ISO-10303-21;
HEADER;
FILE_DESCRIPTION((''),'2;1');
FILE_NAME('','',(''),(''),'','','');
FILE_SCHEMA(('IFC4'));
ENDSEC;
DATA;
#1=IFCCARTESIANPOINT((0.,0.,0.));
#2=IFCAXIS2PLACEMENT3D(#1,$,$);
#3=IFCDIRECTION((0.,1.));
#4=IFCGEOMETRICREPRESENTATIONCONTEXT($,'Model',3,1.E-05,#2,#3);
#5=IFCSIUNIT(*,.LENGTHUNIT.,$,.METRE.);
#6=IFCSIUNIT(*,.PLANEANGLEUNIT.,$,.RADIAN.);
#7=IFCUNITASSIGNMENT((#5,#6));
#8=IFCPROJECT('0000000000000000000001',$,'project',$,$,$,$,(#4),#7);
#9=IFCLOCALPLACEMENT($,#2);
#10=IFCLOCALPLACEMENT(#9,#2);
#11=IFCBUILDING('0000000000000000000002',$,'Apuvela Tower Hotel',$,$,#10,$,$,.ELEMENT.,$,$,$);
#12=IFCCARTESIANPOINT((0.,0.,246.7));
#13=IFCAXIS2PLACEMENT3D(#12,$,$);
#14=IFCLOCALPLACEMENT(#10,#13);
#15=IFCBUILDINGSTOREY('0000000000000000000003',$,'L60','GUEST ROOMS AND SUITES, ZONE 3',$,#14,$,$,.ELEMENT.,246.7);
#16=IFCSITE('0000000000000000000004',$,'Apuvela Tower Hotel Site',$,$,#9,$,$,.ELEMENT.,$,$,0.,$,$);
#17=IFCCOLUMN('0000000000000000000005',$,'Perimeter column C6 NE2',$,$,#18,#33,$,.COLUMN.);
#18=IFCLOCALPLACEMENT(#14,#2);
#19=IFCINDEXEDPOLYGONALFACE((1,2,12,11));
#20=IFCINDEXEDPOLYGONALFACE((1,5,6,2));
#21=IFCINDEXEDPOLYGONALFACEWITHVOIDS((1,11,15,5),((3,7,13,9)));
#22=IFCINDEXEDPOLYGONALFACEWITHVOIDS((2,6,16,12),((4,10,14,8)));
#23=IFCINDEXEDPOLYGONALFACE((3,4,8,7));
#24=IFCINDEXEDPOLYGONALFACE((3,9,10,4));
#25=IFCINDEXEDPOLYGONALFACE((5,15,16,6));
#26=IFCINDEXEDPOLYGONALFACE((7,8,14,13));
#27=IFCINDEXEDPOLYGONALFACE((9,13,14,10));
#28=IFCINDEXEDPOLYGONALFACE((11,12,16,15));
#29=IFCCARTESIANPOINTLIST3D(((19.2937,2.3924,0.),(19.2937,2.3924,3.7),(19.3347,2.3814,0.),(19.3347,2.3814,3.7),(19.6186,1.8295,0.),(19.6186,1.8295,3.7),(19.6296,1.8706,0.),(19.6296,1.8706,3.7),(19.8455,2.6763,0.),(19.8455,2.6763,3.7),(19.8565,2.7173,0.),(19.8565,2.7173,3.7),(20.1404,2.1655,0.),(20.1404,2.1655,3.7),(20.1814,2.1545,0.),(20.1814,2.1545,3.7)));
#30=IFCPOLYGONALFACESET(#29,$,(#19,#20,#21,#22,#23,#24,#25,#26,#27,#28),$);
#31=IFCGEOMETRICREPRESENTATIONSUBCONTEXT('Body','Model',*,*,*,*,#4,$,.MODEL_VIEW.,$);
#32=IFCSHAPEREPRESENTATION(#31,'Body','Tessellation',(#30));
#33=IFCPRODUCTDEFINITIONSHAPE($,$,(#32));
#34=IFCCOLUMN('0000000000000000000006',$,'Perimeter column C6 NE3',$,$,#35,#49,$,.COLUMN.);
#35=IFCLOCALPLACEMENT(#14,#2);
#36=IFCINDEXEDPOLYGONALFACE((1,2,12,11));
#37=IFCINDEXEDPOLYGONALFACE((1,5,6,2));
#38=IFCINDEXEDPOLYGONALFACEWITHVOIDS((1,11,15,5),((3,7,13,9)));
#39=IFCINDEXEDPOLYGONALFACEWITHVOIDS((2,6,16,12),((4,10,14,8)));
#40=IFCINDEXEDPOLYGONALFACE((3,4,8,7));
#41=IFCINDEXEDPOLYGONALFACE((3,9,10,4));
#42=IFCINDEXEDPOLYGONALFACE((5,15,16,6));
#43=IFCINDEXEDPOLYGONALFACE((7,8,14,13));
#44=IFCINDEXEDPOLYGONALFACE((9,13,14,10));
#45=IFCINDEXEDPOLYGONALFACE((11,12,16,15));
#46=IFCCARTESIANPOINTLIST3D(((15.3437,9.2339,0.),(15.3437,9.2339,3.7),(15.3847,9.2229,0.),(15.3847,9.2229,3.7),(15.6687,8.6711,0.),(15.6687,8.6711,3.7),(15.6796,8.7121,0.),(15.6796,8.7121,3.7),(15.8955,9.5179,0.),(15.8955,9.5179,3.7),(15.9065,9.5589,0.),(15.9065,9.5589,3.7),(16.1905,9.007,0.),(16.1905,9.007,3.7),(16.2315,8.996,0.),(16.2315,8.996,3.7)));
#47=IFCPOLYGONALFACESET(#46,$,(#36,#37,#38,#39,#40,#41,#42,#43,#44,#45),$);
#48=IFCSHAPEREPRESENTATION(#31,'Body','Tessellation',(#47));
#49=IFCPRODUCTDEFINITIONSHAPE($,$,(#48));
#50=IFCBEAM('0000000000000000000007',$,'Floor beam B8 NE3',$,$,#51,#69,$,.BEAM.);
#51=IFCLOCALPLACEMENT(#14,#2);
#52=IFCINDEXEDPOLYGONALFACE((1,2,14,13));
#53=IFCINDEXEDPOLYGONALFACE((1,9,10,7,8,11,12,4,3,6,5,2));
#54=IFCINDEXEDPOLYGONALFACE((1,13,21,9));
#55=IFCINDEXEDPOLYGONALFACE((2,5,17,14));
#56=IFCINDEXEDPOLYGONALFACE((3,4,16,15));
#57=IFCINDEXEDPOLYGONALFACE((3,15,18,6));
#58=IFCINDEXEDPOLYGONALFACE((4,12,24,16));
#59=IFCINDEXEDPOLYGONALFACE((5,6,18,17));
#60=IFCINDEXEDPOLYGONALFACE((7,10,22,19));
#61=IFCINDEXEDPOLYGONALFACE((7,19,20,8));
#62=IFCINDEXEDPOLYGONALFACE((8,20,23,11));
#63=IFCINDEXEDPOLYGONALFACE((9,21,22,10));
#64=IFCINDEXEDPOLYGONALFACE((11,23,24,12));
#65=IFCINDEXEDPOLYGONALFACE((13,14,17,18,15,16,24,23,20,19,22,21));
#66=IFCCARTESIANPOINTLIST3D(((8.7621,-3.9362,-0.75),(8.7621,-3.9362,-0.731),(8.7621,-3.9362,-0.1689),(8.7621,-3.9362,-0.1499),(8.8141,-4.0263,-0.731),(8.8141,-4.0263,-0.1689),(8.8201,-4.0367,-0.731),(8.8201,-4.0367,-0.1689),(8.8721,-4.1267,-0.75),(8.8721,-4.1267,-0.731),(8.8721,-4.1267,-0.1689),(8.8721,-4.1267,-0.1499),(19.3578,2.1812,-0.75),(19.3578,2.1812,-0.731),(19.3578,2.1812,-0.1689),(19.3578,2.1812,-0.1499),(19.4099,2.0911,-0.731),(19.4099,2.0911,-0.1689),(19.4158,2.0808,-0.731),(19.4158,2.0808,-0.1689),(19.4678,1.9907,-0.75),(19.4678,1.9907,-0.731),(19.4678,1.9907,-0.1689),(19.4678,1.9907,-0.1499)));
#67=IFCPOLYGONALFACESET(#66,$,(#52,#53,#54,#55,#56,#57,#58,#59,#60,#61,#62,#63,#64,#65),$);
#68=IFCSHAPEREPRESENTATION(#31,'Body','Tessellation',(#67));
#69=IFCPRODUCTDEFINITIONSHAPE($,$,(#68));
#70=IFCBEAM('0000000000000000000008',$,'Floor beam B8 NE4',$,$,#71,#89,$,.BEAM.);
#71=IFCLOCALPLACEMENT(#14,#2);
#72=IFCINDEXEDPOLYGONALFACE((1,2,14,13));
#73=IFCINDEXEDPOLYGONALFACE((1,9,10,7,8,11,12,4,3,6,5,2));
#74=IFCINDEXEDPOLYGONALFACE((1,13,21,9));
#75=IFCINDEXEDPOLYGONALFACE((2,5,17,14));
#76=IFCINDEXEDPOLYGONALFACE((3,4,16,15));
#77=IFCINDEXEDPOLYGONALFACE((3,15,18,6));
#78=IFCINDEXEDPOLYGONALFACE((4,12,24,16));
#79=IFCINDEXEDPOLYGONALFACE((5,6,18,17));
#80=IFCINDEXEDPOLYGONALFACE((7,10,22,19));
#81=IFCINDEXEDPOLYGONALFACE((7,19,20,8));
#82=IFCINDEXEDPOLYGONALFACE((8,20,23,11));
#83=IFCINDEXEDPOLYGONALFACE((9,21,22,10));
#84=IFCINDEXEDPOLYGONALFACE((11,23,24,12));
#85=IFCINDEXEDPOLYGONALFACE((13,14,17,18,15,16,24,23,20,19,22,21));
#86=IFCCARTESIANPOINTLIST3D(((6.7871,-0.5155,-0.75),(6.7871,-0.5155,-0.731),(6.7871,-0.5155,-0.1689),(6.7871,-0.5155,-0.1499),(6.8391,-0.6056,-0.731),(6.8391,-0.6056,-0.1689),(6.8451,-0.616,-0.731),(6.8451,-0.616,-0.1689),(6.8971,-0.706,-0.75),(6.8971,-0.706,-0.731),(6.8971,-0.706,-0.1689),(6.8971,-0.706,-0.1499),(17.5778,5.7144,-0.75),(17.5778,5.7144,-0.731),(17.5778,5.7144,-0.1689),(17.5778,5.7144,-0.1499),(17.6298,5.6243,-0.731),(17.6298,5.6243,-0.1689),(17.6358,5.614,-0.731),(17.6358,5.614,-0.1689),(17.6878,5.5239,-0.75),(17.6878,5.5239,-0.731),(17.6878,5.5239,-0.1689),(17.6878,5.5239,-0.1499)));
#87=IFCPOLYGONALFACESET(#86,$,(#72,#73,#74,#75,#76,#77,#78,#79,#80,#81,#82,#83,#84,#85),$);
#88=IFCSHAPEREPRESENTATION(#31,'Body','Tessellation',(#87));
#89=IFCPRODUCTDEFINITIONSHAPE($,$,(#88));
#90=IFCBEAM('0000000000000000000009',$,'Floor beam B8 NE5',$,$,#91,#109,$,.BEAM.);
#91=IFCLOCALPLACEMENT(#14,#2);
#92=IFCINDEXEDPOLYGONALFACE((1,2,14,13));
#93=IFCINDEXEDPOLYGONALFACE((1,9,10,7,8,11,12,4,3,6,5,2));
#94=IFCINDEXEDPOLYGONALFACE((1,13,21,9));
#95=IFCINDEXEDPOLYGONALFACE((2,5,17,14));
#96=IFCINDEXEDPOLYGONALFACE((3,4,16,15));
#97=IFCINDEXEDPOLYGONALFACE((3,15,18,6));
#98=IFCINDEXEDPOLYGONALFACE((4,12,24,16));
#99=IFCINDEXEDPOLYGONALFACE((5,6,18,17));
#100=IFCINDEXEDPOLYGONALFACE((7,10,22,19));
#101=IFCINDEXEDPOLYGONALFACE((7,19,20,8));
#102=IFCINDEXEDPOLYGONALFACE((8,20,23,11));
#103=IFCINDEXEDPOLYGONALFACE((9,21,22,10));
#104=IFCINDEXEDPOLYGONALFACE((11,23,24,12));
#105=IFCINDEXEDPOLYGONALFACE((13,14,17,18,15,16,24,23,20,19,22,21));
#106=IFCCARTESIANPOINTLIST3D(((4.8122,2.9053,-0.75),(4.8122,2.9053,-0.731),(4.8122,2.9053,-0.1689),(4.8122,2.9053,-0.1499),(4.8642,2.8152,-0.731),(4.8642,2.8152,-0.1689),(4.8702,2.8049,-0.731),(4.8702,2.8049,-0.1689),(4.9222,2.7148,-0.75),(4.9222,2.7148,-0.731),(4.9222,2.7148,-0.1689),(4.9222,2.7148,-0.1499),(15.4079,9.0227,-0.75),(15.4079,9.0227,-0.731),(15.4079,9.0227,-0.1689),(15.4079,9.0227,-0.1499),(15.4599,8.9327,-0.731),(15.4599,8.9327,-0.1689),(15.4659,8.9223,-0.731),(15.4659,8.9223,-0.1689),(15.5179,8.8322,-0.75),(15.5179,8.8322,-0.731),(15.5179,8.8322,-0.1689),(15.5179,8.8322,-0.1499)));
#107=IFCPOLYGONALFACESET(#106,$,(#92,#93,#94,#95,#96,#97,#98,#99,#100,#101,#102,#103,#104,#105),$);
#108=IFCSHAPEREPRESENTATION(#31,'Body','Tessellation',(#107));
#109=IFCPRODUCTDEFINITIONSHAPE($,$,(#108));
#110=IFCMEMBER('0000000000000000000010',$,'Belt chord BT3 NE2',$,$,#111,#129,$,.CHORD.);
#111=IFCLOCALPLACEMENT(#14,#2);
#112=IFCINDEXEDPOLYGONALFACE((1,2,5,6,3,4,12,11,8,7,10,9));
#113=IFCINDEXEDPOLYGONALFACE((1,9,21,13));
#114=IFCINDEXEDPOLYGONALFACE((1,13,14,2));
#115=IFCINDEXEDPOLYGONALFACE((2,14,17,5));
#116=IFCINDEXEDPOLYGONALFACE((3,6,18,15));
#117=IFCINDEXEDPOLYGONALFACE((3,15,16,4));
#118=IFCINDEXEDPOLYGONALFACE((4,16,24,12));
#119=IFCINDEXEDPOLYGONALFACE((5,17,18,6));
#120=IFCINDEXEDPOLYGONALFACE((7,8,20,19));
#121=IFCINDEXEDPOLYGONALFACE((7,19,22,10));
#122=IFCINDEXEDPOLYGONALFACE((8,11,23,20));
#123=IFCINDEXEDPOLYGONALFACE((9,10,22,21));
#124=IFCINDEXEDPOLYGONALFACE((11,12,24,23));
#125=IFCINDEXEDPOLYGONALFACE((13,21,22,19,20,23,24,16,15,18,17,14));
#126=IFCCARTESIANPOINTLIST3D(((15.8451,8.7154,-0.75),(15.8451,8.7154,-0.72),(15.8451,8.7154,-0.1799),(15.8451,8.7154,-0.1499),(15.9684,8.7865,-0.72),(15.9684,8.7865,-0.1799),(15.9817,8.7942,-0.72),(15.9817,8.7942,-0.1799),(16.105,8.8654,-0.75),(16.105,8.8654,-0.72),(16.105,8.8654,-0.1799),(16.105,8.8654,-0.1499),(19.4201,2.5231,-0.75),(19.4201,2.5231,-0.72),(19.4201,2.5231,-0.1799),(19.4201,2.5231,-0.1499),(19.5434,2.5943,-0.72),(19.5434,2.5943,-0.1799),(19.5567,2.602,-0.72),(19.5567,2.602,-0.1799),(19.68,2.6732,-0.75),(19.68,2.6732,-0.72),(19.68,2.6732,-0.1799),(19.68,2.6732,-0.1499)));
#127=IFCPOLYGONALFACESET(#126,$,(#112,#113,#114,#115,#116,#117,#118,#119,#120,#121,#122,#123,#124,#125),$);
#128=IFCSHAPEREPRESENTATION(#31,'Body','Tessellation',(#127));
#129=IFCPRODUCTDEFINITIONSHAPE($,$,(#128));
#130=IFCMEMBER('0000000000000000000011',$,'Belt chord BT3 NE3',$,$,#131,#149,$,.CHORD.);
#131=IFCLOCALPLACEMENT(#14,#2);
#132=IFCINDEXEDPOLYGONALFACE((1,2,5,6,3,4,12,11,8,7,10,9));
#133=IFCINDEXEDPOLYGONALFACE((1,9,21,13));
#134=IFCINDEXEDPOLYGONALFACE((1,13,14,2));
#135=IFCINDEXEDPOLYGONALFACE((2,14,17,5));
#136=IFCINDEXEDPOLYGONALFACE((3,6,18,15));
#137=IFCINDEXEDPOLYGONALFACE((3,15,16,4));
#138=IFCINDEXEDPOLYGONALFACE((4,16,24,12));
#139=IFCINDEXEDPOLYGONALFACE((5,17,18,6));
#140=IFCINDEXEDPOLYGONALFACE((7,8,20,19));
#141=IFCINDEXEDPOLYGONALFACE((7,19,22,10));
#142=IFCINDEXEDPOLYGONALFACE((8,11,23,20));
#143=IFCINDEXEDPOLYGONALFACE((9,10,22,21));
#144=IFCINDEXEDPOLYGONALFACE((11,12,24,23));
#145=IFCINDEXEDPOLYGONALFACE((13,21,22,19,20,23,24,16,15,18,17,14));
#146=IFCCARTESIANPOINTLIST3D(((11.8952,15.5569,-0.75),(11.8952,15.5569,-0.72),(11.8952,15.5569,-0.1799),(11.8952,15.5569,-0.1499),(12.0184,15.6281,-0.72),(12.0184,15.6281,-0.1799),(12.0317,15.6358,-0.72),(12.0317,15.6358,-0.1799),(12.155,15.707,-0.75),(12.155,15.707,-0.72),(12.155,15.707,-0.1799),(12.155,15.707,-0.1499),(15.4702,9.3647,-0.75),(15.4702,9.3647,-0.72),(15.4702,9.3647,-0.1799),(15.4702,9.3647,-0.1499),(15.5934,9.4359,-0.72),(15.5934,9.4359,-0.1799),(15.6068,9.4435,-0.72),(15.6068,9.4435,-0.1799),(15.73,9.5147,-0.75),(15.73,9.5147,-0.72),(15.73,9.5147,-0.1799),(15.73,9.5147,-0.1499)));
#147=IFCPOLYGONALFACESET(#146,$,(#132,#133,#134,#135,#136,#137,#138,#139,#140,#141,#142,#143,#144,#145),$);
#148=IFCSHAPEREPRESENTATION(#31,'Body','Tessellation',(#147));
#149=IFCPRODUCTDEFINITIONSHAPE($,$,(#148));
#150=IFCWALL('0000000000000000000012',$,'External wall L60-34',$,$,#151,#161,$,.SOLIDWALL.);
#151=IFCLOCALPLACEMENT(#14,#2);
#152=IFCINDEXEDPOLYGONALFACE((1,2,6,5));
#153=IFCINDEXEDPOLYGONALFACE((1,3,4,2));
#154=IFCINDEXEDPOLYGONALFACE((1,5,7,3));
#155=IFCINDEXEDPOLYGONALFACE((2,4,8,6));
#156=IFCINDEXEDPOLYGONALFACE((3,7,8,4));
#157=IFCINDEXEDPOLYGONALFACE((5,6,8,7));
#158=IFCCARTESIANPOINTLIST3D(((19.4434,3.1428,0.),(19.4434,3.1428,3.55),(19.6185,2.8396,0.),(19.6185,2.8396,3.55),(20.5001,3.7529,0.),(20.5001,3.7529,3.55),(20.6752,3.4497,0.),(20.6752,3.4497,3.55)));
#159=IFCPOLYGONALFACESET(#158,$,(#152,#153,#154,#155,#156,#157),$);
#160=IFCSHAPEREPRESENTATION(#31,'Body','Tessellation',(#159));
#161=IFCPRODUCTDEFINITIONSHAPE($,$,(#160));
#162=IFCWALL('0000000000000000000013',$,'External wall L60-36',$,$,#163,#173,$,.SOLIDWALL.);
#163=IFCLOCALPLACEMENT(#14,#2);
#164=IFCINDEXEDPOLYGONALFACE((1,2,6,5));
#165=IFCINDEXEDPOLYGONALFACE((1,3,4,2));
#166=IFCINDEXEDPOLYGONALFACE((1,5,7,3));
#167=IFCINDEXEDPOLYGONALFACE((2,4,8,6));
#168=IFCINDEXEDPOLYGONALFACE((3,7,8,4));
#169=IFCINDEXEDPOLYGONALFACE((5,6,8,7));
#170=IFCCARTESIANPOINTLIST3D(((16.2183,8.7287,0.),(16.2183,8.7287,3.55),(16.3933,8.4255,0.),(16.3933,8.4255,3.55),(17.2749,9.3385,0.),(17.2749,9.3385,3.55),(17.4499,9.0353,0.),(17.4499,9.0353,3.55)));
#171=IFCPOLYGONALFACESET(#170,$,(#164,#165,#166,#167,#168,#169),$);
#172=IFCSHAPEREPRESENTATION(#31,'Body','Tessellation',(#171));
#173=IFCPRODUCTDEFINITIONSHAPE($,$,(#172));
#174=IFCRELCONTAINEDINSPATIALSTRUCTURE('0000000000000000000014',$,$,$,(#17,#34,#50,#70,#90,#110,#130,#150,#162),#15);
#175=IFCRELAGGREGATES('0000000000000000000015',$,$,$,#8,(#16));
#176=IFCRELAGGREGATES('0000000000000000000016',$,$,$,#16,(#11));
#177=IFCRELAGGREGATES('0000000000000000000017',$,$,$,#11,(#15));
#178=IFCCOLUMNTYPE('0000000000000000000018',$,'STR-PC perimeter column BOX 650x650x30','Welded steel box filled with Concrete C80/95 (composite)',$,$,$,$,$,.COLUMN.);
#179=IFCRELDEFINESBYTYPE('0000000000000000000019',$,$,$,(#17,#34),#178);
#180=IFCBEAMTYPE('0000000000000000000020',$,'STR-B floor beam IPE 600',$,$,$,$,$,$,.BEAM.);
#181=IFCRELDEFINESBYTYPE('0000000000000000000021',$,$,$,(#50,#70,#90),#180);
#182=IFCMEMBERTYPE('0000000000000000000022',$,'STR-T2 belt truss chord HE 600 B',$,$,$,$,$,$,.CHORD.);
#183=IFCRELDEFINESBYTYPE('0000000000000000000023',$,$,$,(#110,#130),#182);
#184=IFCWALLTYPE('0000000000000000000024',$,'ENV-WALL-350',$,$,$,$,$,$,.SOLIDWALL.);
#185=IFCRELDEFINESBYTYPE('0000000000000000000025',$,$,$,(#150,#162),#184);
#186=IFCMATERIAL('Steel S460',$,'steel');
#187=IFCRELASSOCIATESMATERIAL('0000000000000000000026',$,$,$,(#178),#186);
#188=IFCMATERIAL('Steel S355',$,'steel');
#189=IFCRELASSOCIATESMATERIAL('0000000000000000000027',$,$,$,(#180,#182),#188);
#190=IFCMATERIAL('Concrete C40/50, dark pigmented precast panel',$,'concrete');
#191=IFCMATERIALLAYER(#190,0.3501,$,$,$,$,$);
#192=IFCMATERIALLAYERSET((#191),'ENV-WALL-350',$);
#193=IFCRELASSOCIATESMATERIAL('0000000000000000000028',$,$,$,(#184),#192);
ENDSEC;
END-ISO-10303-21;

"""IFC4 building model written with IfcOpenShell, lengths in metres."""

from ifc_helpers import new_model, si_unit, direction, frame, frame_2d, origin, origin_2d, place, context, subcontext, project, spatial, rectangle, hollow_rectangle, i_section, extrude, material, layer, layer_set, material_profile, profile_set, type_object, element, save


model = new_model("IFC4")

# Units and contexts
model_context = context("Model", 3, precision=1e-05, world=origin(), true_north=direction((0.0, 1.0)))
body_context = subcontext(model_context, "Body", "Model", "MODEL_VIEW")
ifc_project = project(units=[si_unit("LENGTHUNIT", "METRE"), si_unit("PLANEANGLEUNIT", "RADIAN")], contexts=[model_context])

# Site, building, storey
site_placement = place(None, origin())
site = spatial("IfcSite", under=ifc_project, at=site_placement, Name="Apuvela Tower Hotel Site", CompositionType="ELEMENT", RefElevation=0.0)
building_placement = place(site_placement, origin())
building = spatial("IfcBuilding", under=site, at=building_placement, Name="Apuvela Tower Hotel", CompositionType="ELEMENT")
storey_placement = place(building_placement, frame((0.0, 0.0, 246.7)))
storey = spatial("IfcBuildingStorey", under=building, at=storey_placement, Name="L60", Description="GUEST ROOMS AND SUITES, ZONE 3", CompositionType="ELEMENT", Elevation=246.7)

# Columns
ifc_material_1 = material(Name="Steel S460", Category="steel")
ifc_material_profile_1 = material_profile(ifc_material_1, hollow_rectangle(XDim=0.6499, YDim=0.6499, WallThickness=0.03, at=origin_2d()), Name="BOX 650x650x30")
ifc_material_2 = material(Name="Concrete C80/95", Category="concrete")
ifc_material_profile_2 = material_profile(ifc_material_2, rectangle(XDim=0.5901, YDim=0.5901, at=origin_2d()), Name="Concrete C80/95 infill")
ifc_profile_set_1 = profile_set([ifc_material_profile_1, ifc_material_profile_2], Name="Steel S460")
column_type = type_object("IfcColumnType", Name="STR-PC perimeter column BOX 650x650x30", Description="Welded steel box filled with Concrete C80/95 (composite)", PredefinedType="COLUMN", material=ifc_profile_set_1)
for number, where, z_axis, x_axis, name in (
    (1, (19.7375, 2.2734, 0.0), (0.0, 0.0, 1.0), (-0.5, 0.866025, 0.0), "Perimeter column C6 NE2"),
    (2, (15.7876, 9.115, 0.0), (0.0, 0.0, 1.0), (-0.5, 0.866025, 0.0), "Perimeter column C6 NE3"),
):
    element("IfcColumn", number, at=place(storey_placement, frame(where, z_axis=z_axis, x_axis=x_axis)), inside=storey, type_object=column_type, Name=name, PredefinedType="COLUMN", context=body_context, shape_type="SweptSolid", body=[
        extrude(hollow_rectangle(XDim=0.6499, YDim=0.6499, WallThickness=0.03, at=origin_2d()), origin(), (0.0, 0.0, 1.0), 3.7),
    ])

# Beams
ifc_material_3 = material(Name="Steel S355", Category="steel")
ifc_material_profile_3 = material_profile(ifc_material_3, i_section(OverallWidth=0.22, OverallDepth=0.6001, WebThickness=0.012, FlangeThickness=0.019, at=origin_2d()), Name="IPE 600")
ifc_profile_set_2 = profile_set([ifc_material_profile_3], Name="Steel S355")
beam_type = type_object("IfcBeamType", Name="STR-B floor beam IPE 600", PredefinedType="BEAM", material=ifc_profile_set_2)
beam_1_placement = place(storey_placement, frame((19.4128, 2.0859, -0.45), z_axis=(-0.866025, -0.5, 0.0), x_axis=(0.5, -0.866025, 0.0)))
element("IfcBeam", 3, at=beam_1_placement, inside=storey, type_object=beam_type, Name="Floor beam B8 NE3", PredefinedType="BEAM", context=body_context, shape_type="SweptSolid", body=[
    extrude(i_section(OverallWidth=0.22, OverallDepth=0.6001, WebThickness=0.012, FlangeThickness=0.019, at=origin_2d()), origin(), (0.0, 0.0, 1.0), 12.2349),
])
beam_2_placement = place(storey_placement, frame((17.6328, 5.6191, -0.45), z_axis=(-0.866028, -0.499996, 0.0), x_axis=(0.499996, -0.866028, 0.0)))
element("IfcBeam", 4, at=beam_2_placement, inside=storey, type_object=beam_type, Name="Floor beam B8 NE4", PredefinedType="BEAM", context=body_context, shape_type="SweptSolid", body=[
    extrude(i_section(OverallWidth=0.22, OverallDepth=0.6001, WebThickness=0.012, FlangeThickness=0.019, at=origin_2d()), origin(), (0.0, 0.0, 1.0), 12.46),
])
beam_3_placement = place(storey_placement, frame((15.4629, 8.9275, -0.45), z_axis=(-0.866025, -0.5, 0.0), x_axis=(0.5, -0.866025, 0.0)))
element("IfcBeam", 5, at=beam_3_placement, inside=storey, type_object=beam_type, Name="Floor beam B8 NE5", PredefinedType="BEAM", context=body_context, shape_type="SweptSolid", body=[
    extrude(i_section(OverallWidth=0.22, OverallDepth=0.6001, WebThickness=0.012, FlangeThickness=0.019, at=origin_2d()), origin(), (0.0, 0.0, 1.0), 12.2349),
])

# Members
ifc_material_profile_4 = material_profile(ifc_material_3, i_section(OverallWidth=0.3, OverallDepth=0.6001, WebThickness=0.0154, FlangeThickness=0.03, at=origin_2d()), Name="HE 600 B")
ifc_profile_set_3 = profile_set([ifc_material_profile_4], Name="Steel S355")
member_type = type_object("IfcMemberType", Name="STR-T2 belt truss chord HE 600 B", PredefinedType="CHORD", material=ifc_profile_set_3)
for number, where, z_axis, x_axis, name in (
    (6, (19.55, 2.5981, -0.45), (-0.499991, 0.86603, 0.0), (-0.86603, -0.499991, 0.0), "Belt chord BT3 NE2"),
    (7, (15.6001, 9.4397, -0.45), (-0.499991, 0.86603, 0.0), (-0.86603, -0.499991, 0.0), "Belt chord BT3 NE3"),
):
    element("IfcMember", number, at=place(storey_placement, frame(where, z_axis=z_axis, x_axis=x_axis)), inside=storey, type_object=member_type, Name=name, PredefinedType="CHORD", context=body_context, shape_type="SweptSolid", body=[
        extrude(i_section(OverallWidth=0.3, OverallDepth=0.6001, WebThickness=0.0154, FlangeThickness=0.03, at=origin_2d()), origin(), (0.0, 0.0, 1.0), 7.1501),
    ])

# Wall
ifc_material_4 = material(Name="Concrete C40/50, dark pigmented precast panel", Category="concrete")
ifc_layer_1 = layer(ifc_material_4, 0.3501)
ifc_layer_set_1 = layer_set([ifc_layer_1], Name="ENV-WALL-350")
wall_type_1 = type_object("IfcWallType", Name="ENV-WALL-350", PredefinedType="SOLIDWALL", material=ifc_layer_set_1)
wall_1_placement = place(storey_placement, frame((20.5876, 3.6013, 0.0), z_axis=(0.0, 0.0, 1.0), x_axis=(-0.866006, -0.500034, 0.0)))
element("IfcWall", 8, at=wall_1_placement, inside=storey, type_object=wall_type_1, Name="External wall L60-34", PredefinedType="SOLIDWALL", context=body_context, shape_type="SweptSolid", body=[
    extrude(rectangle(XDim=1.2202, YDim=0.3501, at=frame_2d((0.6101, 0.0))), origin(), (0.0, 0.0, 1.0), 3.55),
])

# Wall
wall_2_placement = place(storey_placement, frame((16.3059, 8.5771, 0.0), z_axis=(0.0, 0.0, 1.0), x_axis=(0.866092, 0.499884, 0.0)))
element("IfcWall", 9, at=wall_2_placement, inside=storey, type_object=wall_type_1, Name="External wall L60-36", PredefinedType="SOLIDWALL", context=body_context, shape_type="SweptSolid", body=[
    extrude(rectangle(XDim=1.22, YDim=0.3501, at=frame_2d((0.6099, 0.0))), origin(), (0.0, 0.0, 1.0), 3.55),
])

save(model, "model.ifc")
